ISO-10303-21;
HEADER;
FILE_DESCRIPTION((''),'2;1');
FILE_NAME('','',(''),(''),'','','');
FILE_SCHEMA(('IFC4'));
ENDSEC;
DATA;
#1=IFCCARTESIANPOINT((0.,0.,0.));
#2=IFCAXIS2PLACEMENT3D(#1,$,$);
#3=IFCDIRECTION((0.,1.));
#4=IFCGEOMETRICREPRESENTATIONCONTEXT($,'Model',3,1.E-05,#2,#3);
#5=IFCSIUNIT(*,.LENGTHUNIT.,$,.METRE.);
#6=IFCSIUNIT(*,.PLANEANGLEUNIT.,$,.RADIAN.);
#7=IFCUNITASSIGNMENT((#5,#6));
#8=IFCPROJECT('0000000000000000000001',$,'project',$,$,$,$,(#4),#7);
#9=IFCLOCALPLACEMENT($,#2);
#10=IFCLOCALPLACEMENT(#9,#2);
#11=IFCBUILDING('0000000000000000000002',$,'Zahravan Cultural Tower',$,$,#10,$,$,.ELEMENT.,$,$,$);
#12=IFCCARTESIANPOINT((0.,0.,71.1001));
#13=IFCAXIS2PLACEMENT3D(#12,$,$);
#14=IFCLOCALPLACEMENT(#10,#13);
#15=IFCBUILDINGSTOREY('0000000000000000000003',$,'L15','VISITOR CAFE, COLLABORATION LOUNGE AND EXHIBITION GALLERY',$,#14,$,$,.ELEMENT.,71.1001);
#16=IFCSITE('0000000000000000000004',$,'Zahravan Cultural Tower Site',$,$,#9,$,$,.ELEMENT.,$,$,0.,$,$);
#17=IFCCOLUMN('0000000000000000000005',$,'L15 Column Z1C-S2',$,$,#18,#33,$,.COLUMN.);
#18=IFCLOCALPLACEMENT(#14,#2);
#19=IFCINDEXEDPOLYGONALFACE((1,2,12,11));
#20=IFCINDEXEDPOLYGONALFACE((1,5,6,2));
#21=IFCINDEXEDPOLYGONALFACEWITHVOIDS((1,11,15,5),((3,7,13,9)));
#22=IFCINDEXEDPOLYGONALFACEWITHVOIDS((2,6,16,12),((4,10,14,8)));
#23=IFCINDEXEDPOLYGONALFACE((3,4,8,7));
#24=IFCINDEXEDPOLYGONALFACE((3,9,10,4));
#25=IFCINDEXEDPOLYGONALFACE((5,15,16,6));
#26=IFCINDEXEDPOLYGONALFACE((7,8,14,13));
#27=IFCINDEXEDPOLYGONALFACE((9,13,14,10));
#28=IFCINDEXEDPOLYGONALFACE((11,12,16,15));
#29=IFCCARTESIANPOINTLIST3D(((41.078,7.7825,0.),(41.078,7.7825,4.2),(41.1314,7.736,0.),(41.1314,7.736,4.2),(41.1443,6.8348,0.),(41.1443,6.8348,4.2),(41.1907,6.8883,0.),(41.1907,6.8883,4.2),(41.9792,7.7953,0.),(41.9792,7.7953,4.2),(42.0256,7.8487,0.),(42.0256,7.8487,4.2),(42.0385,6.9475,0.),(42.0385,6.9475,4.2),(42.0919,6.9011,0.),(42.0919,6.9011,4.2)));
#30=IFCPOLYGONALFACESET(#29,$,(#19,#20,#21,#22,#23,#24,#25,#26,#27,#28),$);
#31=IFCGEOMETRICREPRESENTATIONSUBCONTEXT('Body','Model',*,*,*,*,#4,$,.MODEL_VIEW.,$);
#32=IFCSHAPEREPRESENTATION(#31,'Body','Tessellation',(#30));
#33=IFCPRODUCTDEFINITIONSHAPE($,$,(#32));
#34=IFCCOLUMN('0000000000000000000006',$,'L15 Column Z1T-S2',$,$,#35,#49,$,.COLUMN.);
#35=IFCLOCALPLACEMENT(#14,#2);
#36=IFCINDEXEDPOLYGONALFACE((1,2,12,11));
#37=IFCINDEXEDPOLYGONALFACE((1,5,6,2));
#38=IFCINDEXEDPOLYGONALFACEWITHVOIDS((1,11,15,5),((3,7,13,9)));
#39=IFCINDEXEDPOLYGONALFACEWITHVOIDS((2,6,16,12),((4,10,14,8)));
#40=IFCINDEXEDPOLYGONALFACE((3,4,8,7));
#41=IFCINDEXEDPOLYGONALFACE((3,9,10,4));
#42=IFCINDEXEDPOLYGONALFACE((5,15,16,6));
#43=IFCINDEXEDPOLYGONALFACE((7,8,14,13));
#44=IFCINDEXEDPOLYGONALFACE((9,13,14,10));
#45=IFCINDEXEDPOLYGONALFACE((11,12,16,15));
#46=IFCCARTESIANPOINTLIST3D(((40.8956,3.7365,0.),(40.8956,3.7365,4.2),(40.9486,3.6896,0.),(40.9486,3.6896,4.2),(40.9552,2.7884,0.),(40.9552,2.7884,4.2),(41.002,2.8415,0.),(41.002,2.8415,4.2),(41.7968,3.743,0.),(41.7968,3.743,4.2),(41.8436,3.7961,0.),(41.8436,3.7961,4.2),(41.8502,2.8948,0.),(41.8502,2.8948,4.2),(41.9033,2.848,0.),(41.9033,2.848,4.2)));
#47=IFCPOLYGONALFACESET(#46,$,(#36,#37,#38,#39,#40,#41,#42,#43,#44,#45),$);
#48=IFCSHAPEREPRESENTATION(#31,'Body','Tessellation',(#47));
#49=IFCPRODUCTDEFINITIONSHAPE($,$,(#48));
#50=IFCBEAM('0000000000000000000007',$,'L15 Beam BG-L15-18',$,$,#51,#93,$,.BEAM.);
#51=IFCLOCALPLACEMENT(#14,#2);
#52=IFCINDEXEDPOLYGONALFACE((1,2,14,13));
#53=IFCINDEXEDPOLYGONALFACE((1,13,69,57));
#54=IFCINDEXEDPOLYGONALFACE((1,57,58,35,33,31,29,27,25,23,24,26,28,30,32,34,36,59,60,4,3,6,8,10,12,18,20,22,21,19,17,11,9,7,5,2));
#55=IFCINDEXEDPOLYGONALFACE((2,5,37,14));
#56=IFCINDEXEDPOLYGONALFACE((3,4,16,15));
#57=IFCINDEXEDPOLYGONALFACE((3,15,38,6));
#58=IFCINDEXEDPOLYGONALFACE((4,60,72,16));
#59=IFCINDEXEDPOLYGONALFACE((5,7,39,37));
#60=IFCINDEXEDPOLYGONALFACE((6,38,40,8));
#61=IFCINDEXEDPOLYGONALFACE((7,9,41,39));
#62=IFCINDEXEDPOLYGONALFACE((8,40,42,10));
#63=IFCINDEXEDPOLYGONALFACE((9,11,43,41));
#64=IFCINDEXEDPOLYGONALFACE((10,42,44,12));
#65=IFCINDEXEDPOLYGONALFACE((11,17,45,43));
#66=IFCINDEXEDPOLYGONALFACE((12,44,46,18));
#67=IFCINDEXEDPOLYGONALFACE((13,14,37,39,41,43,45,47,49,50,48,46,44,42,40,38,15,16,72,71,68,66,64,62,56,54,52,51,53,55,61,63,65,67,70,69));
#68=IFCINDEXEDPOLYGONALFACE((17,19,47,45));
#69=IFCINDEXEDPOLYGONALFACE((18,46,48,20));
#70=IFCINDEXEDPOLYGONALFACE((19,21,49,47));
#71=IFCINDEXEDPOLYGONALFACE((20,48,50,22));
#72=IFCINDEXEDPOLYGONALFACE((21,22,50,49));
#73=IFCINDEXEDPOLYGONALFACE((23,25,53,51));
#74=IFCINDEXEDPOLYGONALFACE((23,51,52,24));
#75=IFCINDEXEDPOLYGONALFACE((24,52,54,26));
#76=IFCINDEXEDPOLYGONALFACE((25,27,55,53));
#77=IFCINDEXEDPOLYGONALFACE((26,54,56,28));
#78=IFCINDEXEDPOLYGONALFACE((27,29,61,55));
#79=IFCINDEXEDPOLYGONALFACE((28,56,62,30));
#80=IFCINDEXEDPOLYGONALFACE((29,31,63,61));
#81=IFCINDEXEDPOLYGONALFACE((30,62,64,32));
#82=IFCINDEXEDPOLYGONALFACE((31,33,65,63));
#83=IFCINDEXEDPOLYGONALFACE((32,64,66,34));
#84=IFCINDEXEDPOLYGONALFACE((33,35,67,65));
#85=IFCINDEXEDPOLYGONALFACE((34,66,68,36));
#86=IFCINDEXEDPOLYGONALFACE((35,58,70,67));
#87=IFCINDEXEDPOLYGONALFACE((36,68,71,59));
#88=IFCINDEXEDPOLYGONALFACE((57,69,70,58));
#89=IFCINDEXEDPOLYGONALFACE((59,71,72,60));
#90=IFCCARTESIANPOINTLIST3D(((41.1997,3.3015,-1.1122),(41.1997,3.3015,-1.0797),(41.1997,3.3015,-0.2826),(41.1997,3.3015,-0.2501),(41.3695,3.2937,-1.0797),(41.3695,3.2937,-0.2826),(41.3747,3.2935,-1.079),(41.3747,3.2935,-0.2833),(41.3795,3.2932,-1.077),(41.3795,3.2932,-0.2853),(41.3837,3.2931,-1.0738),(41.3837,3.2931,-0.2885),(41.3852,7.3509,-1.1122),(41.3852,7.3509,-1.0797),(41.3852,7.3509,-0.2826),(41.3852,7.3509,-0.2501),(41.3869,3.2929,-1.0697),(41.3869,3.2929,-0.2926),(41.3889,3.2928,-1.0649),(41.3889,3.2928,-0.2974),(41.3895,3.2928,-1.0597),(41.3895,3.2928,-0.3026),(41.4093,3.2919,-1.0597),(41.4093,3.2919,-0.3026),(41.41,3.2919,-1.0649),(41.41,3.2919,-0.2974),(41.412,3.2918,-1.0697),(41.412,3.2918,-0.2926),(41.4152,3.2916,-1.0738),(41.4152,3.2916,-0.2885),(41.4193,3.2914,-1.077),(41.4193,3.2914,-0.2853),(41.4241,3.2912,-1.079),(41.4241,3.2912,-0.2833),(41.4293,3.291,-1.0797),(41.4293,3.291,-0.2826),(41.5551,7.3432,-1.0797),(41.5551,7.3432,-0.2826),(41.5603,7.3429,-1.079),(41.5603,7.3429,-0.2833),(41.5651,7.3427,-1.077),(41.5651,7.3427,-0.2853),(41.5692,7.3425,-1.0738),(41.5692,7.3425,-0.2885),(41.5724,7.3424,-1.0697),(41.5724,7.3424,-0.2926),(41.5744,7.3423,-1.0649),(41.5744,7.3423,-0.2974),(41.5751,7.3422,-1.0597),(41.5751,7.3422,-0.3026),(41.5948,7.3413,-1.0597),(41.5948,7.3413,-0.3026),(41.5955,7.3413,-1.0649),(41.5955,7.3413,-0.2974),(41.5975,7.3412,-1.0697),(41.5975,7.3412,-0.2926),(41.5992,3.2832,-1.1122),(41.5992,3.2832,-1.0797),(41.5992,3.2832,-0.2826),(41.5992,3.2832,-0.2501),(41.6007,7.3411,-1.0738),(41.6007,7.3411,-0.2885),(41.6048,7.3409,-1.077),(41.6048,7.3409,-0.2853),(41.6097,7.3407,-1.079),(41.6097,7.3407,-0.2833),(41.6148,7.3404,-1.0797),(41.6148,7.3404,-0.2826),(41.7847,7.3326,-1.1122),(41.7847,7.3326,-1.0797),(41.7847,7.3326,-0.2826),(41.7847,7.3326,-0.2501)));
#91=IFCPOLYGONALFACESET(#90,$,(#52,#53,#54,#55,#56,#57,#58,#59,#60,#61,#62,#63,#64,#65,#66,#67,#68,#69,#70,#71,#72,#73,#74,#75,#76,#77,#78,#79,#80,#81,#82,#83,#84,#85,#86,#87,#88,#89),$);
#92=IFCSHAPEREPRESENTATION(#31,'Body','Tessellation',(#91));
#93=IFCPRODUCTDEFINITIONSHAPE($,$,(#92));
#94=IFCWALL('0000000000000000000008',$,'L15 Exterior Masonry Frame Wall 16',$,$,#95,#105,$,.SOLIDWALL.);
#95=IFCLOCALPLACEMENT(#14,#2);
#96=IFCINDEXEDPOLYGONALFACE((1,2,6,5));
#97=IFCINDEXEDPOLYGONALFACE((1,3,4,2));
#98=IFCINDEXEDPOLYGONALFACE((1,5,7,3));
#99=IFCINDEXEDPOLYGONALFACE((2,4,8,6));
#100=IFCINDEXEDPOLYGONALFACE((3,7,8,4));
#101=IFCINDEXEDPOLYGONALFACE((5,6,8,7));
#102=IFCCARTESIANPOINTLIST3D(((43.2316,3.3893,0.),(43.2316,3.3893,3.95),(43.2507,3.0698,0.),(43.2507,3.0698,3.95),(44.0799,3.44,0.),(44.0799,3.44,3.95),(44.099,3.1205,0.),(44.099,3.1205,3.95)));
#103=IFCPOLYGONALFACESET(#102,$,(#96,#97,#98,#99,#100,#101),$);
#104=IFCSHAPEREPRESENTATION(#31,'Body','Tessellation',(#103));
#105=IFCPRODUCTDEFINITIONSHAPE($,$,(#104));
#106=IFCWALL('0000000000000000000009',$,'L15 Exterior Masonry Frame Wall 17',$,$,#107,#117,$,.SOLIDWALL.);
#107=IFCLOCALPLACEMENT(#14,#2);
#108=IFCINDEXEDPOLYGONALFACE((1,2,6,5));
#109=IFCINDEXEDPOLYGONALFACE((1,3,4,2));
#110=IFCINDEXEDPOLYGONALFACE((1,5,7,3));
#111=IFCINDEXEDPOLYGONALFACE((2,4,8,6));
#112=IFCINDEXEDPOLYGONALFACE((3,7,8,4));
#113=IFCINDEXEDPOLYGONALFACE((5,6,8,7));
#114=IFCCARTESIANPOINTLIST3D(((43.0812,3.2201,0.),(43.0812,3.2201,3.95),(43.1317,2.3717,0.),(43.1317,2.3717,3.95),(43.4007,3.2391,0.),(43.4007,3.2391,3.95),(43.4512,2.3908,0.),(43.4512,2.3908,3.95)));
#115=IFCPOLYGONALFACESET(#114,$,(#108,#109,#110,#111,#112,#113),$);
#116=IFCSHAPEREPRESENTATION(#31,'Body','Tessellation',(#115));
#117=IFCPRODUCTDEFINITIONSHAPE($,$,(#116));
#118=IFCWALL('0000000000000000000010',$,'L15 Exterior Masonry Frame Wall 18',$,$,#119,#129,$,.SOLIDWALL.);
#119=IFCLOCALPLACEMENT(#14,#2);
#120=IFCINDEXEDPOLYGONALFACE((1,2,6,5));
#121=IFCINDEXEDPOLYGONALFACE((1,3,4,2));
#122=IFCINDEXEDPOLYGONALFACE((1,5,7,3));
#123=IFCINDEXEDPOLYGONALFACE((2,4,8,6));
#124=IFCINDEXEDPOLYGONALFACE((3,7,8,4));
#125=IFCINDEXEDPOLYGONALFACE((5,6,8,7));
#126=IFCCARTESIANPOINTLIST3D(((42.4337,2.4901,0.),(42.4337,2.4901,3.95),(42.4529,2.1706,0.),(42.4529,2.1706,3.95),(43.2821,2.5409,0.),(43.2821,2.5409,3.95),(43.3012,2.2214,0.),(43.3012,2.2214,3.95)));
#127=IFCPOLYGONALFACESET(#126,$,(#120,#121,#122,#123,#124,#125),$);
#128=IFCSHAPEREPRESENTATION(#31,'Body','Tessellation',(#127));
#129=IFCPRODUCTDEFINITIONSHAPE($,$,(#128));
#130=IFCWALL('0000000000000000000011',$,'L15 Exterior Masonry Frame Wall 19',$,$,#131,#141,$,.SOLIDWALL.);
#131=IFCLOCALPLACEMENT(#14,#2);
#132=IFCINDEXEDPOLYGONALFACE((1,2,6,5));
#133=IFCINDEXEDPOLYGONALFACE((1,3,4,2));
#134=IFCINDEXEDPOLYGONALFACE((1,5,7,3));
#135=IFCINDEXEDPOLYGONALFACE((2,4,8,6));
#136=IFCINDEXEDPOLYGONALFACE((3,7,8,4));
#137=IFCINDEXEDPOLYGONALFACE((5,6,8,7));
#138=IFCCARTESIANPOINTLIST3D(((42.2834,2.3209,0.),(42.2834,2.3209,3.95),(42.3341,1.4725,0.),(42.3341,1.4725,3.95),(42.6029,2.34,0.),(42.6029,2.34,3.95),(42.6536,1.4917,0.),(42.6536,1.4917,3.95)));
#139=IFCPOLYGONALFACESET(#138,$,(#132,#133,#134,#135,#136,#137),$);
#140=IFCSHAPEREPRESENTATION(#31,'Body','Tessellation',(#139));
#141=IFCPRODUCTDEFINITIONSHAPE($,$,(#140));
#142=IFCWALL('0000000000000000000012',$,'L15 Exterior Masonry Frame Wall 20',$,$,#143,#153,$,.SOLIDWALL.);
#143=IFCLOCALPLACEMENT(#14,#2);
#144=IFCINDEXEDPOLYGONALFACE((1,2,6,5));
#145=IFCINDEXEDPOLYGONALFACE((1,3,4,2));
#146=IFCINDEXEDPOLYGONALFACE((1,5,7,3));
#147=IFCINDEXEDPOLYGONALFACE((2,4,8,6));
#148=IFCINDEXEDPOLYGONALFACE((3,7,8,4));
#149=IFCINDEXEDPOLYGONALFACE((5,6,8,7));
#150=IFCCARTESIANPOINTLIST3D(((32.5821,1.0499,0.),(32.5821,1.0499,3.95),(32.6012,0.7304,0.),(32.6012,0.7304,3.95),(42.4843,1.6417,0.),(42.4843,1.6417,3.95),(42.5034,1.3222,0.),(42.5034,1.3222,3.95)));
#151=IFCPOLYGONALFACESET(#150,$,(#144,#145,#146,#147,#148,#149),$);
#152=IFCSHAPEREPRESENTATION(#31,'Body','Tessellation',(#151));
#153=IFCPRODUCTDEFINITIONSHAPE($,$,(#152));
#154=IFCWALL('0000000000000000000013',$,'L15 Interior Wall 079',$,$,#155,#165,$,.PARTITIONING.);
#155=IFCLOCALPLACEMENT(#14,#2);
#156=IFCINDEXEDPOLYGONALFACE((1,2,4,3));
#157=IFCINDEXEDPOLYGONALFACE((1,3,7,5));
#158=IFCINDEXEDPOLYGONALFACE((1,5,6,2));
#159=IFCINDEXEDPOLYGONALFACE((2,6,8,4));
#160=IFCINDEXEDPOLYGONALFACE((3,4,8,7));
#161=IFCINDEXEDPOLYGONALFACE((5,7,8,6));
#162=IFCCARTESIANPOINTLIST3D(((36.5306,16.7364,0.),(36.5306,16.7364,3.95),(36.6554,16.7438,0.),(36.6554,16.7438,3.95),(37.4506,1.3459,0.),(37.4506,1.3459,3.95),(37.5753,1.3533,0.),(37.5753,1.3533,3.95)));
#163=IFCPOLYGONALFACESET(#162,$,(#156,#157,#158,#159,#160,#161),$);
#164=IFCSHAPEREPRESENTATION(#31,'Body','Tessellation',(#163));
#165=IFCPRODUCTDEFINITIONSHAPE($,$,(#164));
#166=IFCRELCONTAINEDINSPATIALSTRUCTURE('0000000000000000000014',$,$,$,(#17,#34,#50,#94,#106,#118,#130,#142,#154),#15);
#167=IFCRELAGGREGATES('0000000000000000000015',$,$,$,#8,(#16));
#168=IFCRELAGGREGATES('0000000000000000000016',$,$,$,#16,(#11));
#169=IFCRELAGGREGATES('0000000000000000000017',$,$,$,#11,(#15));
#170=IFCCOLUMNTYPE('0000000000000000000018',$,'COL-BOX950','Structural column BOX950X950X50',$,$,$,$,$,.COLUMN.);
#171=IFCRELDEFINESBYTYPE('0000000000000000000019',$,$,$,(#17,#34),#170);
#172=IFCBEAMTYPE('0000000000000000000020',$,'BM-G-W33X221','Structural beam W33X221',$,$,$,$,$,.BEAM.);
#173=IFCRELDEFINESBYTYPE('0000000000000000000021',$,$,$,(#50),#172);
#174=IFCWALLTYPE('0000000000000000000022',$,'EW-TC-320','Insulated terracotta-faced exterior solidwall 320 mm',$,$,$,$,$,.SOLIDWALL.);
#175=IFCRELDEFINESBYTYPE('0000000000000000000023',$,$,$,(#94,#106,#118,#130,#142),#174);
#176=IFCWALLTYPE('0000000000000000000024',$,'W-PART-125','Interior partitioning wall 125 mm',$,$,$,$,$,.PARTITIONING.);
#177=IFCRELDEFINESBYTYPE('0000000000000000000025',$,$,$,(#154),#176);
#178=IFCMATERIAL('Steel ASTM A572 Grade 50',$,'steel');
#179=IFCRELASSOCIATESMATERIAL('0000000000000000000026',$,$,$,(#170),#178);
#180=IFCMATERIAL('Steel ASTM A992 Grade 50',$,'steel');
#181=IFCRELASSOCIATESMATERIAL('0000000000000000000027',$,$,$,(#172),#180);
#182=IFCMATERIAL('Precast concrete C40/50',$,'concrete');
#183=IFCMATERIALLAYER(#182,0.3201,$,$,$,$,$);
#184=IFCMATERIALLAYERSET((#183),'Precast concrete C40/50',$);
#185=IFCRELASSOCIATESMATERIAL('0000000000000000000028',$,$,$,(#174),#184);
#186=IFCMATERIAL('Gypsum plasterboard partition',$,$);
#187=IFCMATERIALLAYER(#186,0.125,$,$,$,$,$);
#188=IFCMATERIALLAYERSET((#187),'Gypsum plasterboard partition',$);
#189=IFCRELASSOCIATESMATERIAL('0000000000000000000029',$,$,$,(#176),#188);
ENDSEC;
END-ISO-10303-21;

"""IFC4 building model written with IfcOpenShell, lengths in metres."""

from ifc_helpers import new_model, si_unit, direction, frame, frame_2d, origin, origin_2d, place, context, subcontext, project, spatial, rectangle, hollow_rectangle, i_section, extrude, source, transform, mapped, material, layer, layer_set, material_profile, profile_set, type_object, element, save


model = new_model("IFC4")

# Units and contexts
model_context = context("Model", 3, precision=1e-05, world=origin(), true_north=direction((0.0, 1.0)))
body_context = subcontext(model_context, "Body", "Model", "MODEL_VIEW")
ifc_project = project(units=[si_unit("LENGTHUNIT", "METRE"), si_unit("PLANEANGLEUNIT", "RADIAN")], contexts=[model_context])

# Site, building, storey
site_placement = place(None, origin())
site = spatial("IfcSite", under=ifc_project, at=site_placement, Name="Zahravan Cultural Tower Site", CompositionType="ELEMENT", RefElevation=0.0)
building_placement = place(site_placement, origin())
building = spatial("IfcBuilding", under=site, at=building_placement, Name="Zahravan Cultural Tower", CompositionType="ELEMENT")
storey_placement = place(building_placement, frame((0.0, 0.0, 71.1001)))
storey = spatial("IfcBuildingStorey", under=building, at=storey_placement, Name="L15", Description="VISITOR CAFE, COLLABORATION LOUNGE AND EXHIBITION GALLERY", CompositionType="ELEMENT", Elevation=71.1001)

# Columns
ifc_material_1 = material(Name="Steel ASTM A572 Grade 50", Category="steel")
ifc_material_profile_1 = material_profile(ifc_material_1, hollow_rectangle(XDim=0.95, YDim=0.95, WallThickness=0.05, at=origin_2d()), Name="BOX950X950X50")
ifc_profile_set_1 = profile_set([ifc_material_profile_1], Name="Steel ASTM A572 Grade 50")
column_type = type_object("IfcColumnType", Name="COL-BOX950", Description="Structural column BOX950X950X50", PredefinedType="COLUMN", material=ifc_profile_set_1)
shared_shape_1 = source(origin(), body_context, "Body", "SweptSolid", [
    extrude(hollow_rectangle(XDim=0.95, YDim=0.95, WallThickness=0.05, at=origin_2d()), origin(), (0.0, 0.0, 1.0), 4.2),
])
for number, where, z_axis, x_axis, name in (
    (1, (41.585, 7.3418, 0.0), (0.0, 0.0, 1.0), (-0.069756, 0.997564, 0.0), "L15 Column Z1C-S2"),
    (2, (41.3994, 3.2922, 0.0), (0.0, 0.0, 1.0), (-0.062791, 0.998027, 0.0), "L15 Column Z1T-S2"),
):
    element("IfcColumn", number, at=place(storey_placement, frame(where, z_axis=z_axis, x_axis=x_axis)), inside=storey, type_object=column_type, Name=name, PredefinedType="COLUMN", context=body_context, shape_type="MappedRepresentation", body=[
        mapped(shared_shape_1, transform((0.0, 0.0, 0.0), x_axis=(1.0, 0.0, 0.0), y_axis=(0.0, 1.0, 0.0), z_axis=(0.0, 0.0, 1.0), scale=1.0)),
    ])

# Beam
ifc_material_2 = material(Name="Steel ASTM A992 Grade 50", Category="steel")
ifc_material_profile_2 = material_profile(ifc_material_2, i_section(OverallWidth=0.3999, OverallDepth=0.8621, WebThickness=0.0198, FlangeThickness=0.0325, FilletRadius=0.02, at=origin_2d()), Name="W33X221")
ifc_profile_set_2 = profile_set([ifc_material_profile_2], Name="Steel ASTM A992 Grade 50")
beam_type = type_object("IfcBeamType", Name="BM-G-W33X221", Description="Structural beam W33X221", PredefinedType="BEAM", material=ifc_profile_set_2)
shared_shape_2 = source(origin(), body_context, "Body", "SweptSolid", [
    extrude(i_section(OverallWidth=0.3999, OverallDepth=0.8621, WebThickness=0.0198, FlangeThickness=0.0325, FilletRadius=0.02, at=origin_2d()), origin(), (0.0, 0.0, 1.0), 4.0537),
])
beam_placement = place(storey_placement, frame((41.585, 7.3418, -0.6812), z_axis=(-0.045771, -0.998952, 0.0), x_axis=(0.998952, -0.045771, 0.0)))
element("IfcBeam", 3, at=beam_placement, inside=storey, type_object=beam_type, Name="L15 Beam BG-L15-18", PredefinedType="BEAM", context=body_context, shape_type="MappedRepresentation", body=[
    mapped(shared_shape_2, transform((0.0, 0.0, 0.0), x_axis=(1.0, 0.0, 0.0), y_axis=(0.0, 1.0, 0.0), z_axis=(0.0, 0.0, 1.0), scale=1.0)),
])

# Walls
ifc_material_3 = material(Name="Precast concrete C40/50", Category="concrete")
ifc_layer_1 = layer(ifc_material_3, 0.3201)
ifc_layer_set_1 = layer_set([ifc_layer_1], Name="Precast concrete C40/50")
wall_type_1 = type_object("IfcWallType", Name="EW-TC-320", Description="Insulated terracotta-faced exterior solidwall 320 mm", PredefinedType="SOLIDWALL", material=ifc_layer_set_1)
shared_shape_3 = source(origin(), body_context, "Body", "SweptSolid", [
    extrude(rectangle(XDim=0.8499, YDim=0.3201, at=frame_2d((0.4248, 0.0))), origin(), (0.0, 0.0, 1.0), 3.95),
])
for number, where, z_axis, x_axis, name in (
    (4, (44.0894, 3.2803, 0.0), (0.0, 0.0, 1.0), (-0.998213, -0.059749, 0.0), "L15 Exterior Masonry Frame Wall 16"),
    (5, (43.241, 3.2295, 0.0), (0.0, 0.0, 1.0), (0.059463, -0.998231, 0.0), "L15 Exterior Masonry Frame Wall 17"),
    (6, (43.2915, 2.3811, 0.0), (0.0, 0.0, 1.0), (-0.998213, -0.059749, 0.0), "L15 Exterior Masonry Frame Wall 18"),
    (7, (42.4431, 2.3303, 0.0), (0.0, 0.0, 1.0), (0.059749, -0.998213, 0.0), "L15 Exterior Masonry Frame Wall 19"),
):
    element("IfcWall", number, at=place(storey_placement, frame(where, z_axis=z_axis, x_axis=x_axis)), inside=storey, type_object=wall_type_1, Name=name, PredefinedType="SOLIDWALL", context=body_context, shape_type="MappedRepresentation", body=[
        mapped(shared_shape_3, transform((0.0, 0.0, 0.0), x_axis=(1.0, 0.0, 0.0), y_axis=(0.0, 1.0, 0.0), z_axis=(0.0, 0.0, 1.0), scale=1.0)),
    ])
shared_shape_4 = source(origin(), body_context, "Body", "SweptSolid", [
    extrude(rectangle(XDim=9.9199, YDim=0.3201, at=frame_2d((4.96, 0.0))), origin(), (0.0, 0.0, 1.0), 3.95),
])
wall_1_placement = place(storey_placement, frame((42.4939, 1.4819, 0.0), z_axis=(0.0, 0.0, 1.0), x_axis=(-0.998219, -0.059657, 0.0)))
element("IfcWall", 8, at=wall_1_placement, inside=storey, type_object=wall_type_1, Name="L15 Exterior Masonry Frame Wall 20", PredefinedType="SOLIDWALL", context=body_context, shape_type="MappedRepresentation", body=[
    mapped(shared_shape_4, transform((0.0, 0.0, 0.0), x_axis=(1.0, 0.0, 0.0), y_axis=(0.0, 1.0, 0.0), z_axis=(0.0, 0.0, 1.0), scale=1.0)),
])
ifc_material_4 = material(Name="Gypsum plasterboard partition")
ifc_layer_2 = layer(ifc_material_4, 0.125)
ifc_layer_set_2 = layer_set([ifc_layer_2], Name="Gypsum plasterboard partition")
wall_type_2 = type_object("IfcWallType", Name="W-PART-125", Description="Interior partitioning wall 125 mm", PredefinedType="PARTITIONING", material=ifc_layer_set_2)
shared_shape_5 = source(origin(), body_context, "Body", "SweptSolid", [
    extrude(rectangle(XDim=15.418, YDim=0.125, at=frame_2d((7.709, 0.0))), origin(), (0.0, 0.0, 1.0), 3.95),
])
wall_2_placement = place(storey_placement, frame((37.5129, 1.3496, 0.0), z_axis=(0.0, 0.0, 1.0), x_axis=(-0.059666, 0.998218, 0.0)))
element("IfcWall", 9, at=wall_2_placement, inside=storey, type_object=wall_type_2, Name="L15 Interior Wall 079", PredefinedType="PARTITIONING", context=body_context, shape_type="MappedRepresentation", body=[
    mapped(shared_shape_5, transform((0.0, 0.0, 0.0), x_axis=(1.0, 0.0, 0.0), y_axis=(0.0, 1.0, 0.0), z_axis=(0.0, 0.0, 1.0), scale=1.0)),
])

save(model, "model.ifc")
